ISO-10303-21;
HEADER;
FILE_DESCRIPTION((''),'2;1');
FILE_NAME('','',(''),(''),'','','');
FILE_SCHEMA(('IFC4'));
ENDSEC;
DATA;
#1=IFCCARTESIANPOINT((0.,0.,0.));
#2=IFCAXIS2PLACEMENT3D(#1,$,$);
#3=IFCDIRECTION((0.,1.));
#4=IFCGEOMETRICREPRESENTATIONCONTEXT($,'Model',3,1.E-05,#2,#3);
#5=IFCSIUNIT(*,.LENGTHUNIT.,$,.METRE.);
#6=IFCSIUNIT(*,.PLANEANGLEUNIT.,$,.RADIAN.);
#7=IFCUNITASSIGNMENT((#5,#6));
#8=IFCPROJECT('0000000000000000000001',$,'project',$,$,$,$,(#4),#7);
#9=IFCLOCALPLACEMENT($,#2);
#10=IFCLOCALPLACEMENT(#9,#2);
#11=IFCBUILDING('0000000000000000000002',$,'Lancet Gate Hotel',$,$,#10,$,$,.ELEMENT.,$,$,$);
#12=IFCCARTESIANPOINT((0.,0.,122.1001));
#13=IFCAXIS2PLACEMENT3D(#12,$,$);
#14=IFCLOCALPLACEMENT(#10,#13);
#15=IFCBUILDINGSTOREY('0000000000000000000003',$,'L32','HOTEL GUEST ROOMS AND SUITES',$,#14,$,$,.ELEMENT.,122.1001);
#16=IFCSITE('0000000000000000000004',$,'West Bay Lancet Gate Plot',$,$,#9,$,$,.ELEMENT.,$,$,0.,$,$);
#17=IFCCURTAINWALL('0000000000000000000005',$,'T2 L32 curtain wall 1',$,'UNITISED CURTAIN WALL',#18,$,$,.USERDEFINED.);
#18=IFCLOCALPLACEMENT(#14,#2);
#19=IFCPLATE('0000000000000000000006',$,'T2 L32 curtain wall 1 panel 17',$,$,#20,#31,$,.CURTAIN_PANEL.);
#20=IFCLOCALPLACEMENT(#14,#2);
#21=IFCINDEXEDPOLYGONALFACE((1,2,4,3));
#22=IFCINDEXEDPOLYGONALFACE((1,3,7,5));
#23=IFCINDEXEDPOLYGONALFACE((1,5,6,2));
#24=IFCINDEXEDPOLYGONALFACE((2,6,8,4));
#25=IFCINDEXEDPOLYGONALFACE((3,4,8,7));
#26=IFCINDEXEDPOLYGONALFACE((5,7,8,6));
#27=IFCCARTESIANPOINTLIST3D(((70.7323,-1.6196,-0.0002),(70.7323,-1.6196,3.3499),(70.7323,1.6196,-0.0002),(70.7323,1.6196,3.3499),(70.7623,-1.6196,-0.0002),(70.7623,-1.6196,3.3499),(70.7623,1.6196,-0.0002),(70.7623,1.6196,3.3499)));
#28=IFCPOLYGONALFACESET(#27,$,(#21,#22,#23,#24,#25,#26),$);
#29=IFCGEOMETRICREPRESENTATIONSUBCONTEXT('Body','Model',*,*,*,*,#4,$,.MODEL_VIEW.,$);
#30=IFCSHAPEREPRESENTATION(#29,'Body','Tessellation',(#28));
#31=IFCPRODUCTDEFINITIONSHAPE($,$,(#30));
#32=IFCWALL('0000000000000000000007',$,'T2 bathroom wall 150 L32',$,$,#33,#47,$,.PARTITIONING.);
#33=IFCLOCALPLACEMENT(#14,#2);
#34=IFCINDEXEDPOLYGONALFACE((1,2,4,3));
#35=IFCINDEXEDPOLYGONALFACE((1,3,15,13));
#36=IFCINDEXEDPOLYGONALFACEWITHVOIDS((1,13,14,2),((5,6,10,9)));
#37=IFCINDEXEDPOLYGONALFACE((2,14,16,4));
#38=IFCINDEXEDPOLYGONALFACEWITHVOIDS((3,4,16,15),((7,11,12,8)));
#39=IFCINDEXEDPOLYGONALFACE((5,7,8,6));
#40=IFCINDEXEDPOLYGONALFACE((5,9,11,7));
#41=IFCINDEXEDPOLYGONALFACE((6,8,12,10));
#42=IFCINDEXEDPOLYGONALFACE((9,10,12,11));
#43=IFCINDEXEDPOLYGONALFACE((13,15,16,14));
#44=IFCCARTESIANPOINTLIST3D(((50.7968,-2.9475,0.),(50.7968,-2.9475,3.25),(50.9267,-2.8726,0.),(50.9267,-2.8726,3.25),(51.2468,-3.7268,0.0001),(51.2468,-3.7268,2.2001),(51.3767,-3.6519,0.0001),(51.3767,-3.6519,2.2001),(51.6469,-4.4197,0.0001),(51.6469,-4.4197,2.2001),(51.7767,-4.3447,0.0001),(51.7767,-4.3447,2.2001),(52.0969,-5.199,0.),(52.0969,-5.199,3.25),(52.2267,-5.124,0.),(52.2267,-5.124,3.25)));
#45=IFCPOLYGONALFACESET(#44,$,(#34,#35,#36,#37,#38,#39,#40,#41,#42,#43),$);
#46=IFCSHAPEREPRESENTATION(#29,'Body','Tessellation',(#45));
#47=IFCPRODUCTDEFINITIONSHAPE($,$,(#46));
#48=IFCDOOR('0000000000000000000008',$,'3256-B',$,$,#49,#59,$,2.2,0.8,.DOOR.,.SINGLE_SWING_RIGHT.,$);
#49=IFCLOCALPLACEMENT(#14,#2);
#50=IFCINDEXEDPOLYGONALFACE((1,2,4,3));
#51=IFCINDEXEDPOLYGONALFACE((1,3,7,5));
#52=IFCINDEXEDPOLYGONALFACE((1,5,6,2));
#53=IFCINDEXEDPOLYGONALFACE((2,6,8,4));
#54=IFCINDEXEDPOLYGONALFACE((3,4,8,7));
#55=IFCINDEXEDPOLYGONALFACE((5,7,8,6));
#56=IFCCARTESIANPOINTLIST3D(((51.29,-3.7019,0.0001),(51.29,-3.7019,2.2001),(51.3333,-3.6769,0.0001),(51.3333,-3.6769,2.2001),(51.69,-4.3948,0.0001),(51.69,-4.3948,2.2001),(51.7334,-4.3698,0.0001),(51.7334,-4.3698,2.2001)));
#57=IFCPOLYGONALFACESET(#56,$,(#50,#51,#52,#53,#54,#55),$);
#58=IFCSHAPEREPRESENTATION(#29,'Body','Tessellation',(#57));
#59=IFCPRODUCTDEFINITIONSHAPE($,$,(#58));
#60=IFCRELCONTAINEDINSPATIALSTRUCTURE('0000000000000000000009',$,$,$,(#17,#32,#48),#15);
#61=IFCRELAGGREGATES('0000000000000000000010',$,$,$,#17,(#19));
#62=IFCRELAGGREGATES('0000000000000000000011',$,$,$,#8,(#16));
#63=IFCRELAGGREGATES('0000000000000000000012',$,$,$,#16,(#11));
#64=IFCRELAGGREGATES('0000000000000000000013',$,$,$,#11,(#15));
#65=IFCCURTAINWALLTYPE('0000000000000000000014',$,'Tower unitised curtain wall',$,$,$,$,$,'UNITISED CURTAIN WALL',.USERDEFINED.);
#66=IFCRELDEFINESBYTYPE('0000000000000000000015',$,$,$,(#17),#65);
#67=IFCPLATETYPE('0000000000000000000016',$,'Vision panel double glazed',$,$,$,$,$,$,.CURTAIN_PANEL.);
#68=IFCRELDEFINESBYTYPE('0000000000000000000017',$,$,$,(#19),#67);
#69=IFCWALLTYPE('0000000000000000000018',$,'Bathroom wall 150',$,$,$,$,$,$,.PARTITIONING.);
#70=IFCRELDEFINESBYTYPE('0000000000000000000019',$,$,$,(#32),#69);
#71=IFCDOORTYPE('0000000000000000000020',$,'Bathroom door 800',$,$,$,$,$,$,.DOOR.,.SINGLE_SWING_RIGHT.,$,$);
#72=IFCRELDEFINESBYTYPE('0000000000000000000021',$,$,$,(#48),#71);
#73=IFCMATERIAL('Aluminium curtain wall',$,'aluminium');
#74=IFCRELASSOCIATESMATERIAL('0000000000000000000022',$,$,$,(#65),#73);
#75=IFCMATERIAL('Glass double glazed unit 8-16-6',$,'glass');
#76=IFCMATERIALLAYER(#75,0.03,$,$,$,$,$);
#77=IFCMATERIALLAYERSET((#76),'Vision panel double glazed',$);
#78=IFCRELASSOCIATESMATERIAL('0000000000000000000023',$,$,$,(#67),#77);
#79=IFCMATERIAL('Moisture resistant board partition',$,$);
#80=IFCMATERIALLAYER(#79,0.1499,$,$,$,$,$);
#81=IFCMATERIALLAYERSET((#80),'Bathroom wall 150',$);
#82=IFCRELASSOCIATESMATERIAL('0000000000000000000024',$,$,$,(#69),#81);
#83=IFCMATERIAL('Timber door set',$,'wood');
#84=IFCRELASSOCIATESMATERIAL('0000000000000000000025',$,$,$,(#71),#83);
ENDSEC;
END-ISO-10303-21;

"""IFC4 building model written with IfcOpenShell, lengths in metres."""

from ifc_helpers import new_model, si_unit, direction, frame, frame_2d, origin, origin_2d, place, context, subcontext, project, spatial, rectangle, extrude, material, layer, layer_set, type_object, element, fill, aggregate, save


model = new_model("IFC4")

# Units and contexts
model_context = context("Model", 3, precision=1e-05, world=origin(), true_north=direction((0.0, 1.0)))
body_context = subcontext(model_context, "Body", "Model", "MODEL_VIEW")
ifc_project = project(units=[si_unit("LENGTHUNIT", "METRE"), si_unit("PLANEANGLEUNIT", "RADIAN")], contexts=[model_context])

# Site, building, storey
site_placement = place(None, origin())
site = spatial("IfcSite", under=ifc_project, at=site_placement, Name="West Bay Lancet Gate Plot", CompositionType="ELEMENT", RefElevation=0.0)
building_placement = place(site_placement, origin())
building = spatial("IfcBuilding", under=site, at=building_placement, Name="Lancet Gate Hotel", CompositionType="ELEMENT")
storey_placement = place(building_placement, frame((0.0, 0.0, 122.1001)))
storey = spatial("IfcBuildingStorey", under=building, at=storey_placement, Name="L32", Description="HOTEL GUEST ROOMS AND SUITES", CompositionType="ELEMENT", Elevation=122.1001)

# Curtain wall
ifc_material_1 = material(Name="Aluminium curtain wall", Category="aluminium")
curtain_wall_type = type_object("IfcCurtainWallType", Name="Tower unitised curtain wall", ElementType="UNITISED CURTAIN WALL", PredefinedType="USERDEFINED", material=ifc_material_1)
curtain_wall_placement = place(storey_placement, origin())
curtain_wall = element("IfcCurtainWall", 1, at=curtain_wall_placement, inside=storey, type_object=curtain_wall_type, Name="T2 L32 curtain wall 1", ObjectType="UNITISED CURTAIN WALL", PredefinedType="USERDEFINED")

# Plate
ifc_material_2 = material(Name="Glass double glazed unit 8-16-6", Category="glass")
ifc_layer_1 = layer(ifc_material_2, 0.03)
ifc_layer_set_1 = layer_set([ifc_layer_1], Name="Vision panel double glazed")
plate_type = type_object("IfcPlateType", Name="Vision panel double glazed", PredefinedType="CURTAIN_PANEL", material=ifc_layer_set_1)
plate_1_placement = place(storey_placement, frame((70.7473, 0.0, -0.0002), z_axis=(0.0, 0.0, 1.0), x_axis=(0.0, 1.0, 0.0)))
plate_1 = element("IfcPlate", 2, at=plate_1_placement, type_object=plate_type, Name="T2 L32 curtain wall 1 panel 17", PredefinedType="CURTAIN_PANEL", context=body_context, shape_type="SweptSolid", body=[
    extrude(rectangle(XDim=3.2393, YDim=0.03, at=origin_2d()), origin(), (0.0, 0.0, 1.0), 3.3501),
])
aggregate(curtain_wall, [plate_1])

# Wall, opening, door
ifc_material_3 = material(Name="Moisture resistant board partition")
ifc_layer_2 = layer(ifc_material_3, 0.1499)
ifc_layer_set_2 = layer_set([ifc_layer_2], Name="Bathroom wall 150")
wall_type = type_object("IfcWallType", Name="Bathroom wall 150", PredefinedType="PARTITIONING", material=ifc_layer_set_2)
wall_placement = place(storey_placement, frame((50.8618, -2.9102, 0.0), z_axis=(0.0, 0.0, 1.0), x_axis=(0.500048, -0.865998, 0.0)))
wall = element("IfcWall", 3, at=wall_placement, inside=storey, type_object=wall_type, Name="T2 bathroom wall 150 L32", PredefinedType="PARTITIONING", context=body_context, shape_type="SweptSolid", body=[
    extrude(rectangle(XDim=2.5999, YDim=0.1499, at=frame_2d((1.2998, 0.0))), origin(), (0.0, 0.0, 1.0), 3.25),
])
opening_placement = place(wall_placement, frame((0.8999, 0.0, 0.0)))
opening = element("IfcOpeningElement", 4, at=opening_placement, cuts=wall, PredefinedType="OPENING", context=body_context, shape_type="SweptSolid", body=[
    extrude(rectangle(XDim=0.8, YDim=2.2, at=frame_2d((0.3999, 1.1001))), frame((0.0, 0.085, 0.0), z_axis=(0.0, -1.0, 0.0), x_axis=(1.0, 0.0, 0.0)), (0.0, 0.0, 1.0), 0.1699),
])
ifc_material_4 = material(Name="Timber door set", Category="wood")
door_type = type_object("IfcDoorType", Name="Bathroom door 800", OperationType="SINGLE_SWING_RIGHT", PredefinedType="DOOR", material=ifc_material_4)
door_placement = place(opening_placement, origin())
door = element("IfcDoor", 5, at=door_placement, inside=storey, type_object=door_type, Name="3256-B", OperationType="SINGLE_SWING_RIGHT", OverallHeight=2.2, OverallWidth=0.8, PredefinedType="DOOR", context=body_context, shape_type="SweptSolid", body=[
    extrude(rectangle(XDim=0.8, YDim=2.2, at=frame_2d((0.3999, 1.1001))), frame((0.0, 0.0249, 0.0), z_axis=(0.0, -1.0, 0.0), x_axis=(1.0, 0.0, 0.0)), (0.0, 0.0, 1.0), 0.05),
])
fill(opening, door)

save(model, "model.ifc")
